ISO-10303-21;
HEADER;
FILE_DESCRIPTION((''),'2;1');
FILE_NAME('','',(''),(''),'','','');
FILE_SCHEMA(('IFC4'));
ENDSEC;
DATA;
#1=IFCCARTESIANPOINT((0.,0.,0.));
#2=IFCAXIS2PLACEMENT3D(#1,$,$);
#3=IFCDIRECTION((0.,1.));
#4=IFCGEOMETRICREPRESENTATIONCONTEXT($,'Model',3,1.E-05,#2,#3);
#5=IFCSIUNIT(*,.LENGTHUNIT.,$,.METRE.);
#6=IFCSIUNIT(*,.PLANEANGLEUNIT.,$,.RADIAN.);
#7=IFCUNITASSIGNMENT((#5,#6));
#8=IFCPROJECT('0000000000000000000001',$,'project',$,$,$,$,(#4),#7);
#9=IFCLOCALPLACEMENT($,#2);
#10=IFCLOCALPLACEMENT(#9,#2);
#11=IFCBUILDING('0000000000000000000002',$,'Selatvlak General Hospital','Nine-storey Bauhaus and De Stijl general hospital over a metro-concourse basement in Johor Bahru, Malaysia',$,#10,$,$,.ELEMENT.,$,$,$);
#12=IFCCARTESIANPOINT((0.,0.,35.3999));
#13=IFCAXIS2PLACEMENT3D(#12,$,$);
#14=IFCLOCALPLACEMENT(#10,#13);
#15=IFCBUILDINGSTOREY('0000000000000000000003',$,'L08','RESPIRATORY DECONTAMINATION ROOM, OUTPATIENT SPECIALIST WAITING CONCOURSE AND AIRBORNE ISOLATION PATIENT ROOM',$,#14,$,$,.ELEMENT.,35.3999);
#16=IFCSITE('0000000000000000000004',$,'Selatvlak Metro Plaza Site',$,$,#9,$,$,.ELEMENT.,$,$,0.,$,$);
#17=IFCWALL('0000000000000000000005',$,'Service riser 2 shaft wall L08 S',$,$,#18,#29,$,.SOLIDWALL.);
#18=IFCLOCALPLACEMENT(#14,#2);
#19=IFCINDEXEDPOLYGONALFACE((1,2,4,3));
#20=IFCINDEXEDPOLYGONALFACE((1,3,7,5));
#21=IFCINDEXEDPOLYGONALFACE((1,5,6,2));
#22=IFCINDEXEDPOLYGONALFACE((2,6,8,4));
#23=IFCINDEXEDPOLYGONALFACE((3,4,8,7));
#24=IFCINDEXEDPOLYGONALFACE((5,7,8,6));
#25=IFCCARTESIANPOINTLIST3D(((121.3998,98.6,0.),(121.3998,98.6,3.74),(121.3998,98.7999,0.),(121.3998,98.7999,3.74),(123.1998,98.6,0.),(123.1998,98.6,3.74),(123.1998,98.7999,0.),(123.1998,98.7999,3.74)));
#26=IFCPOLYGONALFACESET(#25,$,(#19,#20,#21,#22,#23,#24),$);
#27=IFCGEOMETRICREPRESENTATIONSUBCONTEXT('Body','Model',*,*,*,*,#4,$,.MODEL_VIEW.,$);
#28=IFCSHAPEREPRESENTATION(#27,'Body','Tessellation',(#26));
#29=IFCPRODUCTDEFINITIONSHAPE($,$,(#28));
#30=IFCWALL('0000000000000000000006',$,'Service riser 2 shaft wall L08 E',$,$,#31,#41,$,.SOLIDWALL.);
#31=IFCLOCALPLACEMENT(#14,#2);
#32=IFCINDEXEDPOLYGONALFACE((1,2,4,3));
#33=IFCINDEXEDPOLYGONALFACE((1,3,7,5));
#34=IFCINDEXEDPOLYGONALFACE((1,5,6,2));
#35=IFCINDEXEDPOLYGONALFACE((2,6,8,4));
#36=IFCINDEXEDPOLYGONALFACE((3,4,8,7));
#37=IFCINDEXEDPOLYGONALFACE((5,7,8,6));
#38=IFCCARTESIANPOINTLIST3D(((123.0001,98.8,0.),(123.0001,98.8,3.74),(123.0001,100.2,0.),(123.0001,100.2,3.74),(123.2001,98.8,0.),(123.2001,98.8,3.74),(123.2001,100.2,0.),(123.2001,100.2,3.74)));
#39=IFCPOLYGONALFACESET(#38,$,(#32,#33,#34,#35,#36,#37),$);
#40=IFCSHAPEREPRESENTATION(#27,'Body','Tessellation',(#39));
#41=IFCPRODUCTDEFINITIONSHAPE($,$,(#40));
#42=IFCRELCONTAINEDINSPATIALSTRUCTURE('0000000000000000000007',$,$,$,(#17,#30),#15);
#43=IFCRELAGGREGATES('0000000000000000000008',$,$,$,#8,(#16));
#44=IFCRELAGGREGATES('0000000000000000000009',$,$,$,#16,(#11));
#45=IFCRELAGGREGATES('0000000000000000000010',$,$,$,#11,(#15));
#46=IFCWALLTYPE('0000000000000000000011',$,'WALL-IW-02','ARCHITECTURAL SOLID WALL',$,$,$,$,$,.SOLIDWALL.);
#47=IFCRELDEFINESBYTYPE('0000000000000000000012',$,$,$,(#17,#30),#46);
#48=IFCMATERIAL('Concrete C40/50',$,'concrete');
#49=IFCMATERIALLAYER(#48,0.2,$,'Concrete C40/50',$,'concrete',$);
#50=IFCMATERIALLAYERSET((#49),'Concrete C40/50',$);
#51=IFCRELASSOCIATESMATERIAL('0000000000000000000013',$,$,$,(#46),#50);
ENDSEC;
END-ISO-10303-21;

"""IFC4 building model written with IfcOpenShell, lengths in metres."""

from ifc_helpers import new_model, si_unit, direction, frame, frame_2d, origin, place, context, subcontext, project, spatial, rectangle, extrude, material, layer, layer_set, type_object, element, save


model = new_model("IFC4")

# Units and contexts
model_context = context("Model", 3, precision=1e-05, world=origin(), true_north=direction((0.0, 1.0)))
body_context = subcontext(model_context, "Body", "Model", "MODEL_VIEW")
ifc_project = project(units=[si_unit("LENGTHUNIT", "METRE"), si_unit("PLANEANGLEUNIT", "RADIAN")], contexts=[model_context])

# Site, building, storey
site_placement = place(None, origin())
site = spatial("IfcSite", under=ifc_project, at=site_placement, Name="Selatvlak Metro Plaza Site", CompositionType="ELEMENT", RefElevation=0.0)
building_placement = place(site_placement, origin())
building = spatial("IfcBuilding", under=site, at=building_placement, Name="Selatvlak General Hospital", Description="Nine-storey Bauhaus and De Stijl general hospital over a metro-concourse basement in Johor Bahru, Malaysia", CompositionType="ELEMENT")
storey_placement = place(building_placement, frame((0.0, 0.0, 35.3999)))
storey = spatial("IfcBuildingStorey", under=building, at=storey_placement, Name="L08", Description="RESPIRATORY DECONTAMINATION ROOM, OUTPATIENT SPECIALIST WAITING CONCOURSE AND AIRBORNE ISOLATION PATIENT ROOM", CompositionType="ELEMENT", Elevation=35.3999)

# Shared definitions
ifc_material = material(Name="Concrete C40/50", Category="concrete")

# Walls
ifc_layer = layer(ifc_material, 0.2, Name="Concrete C40/50", Category="concrete")
ifc_layer_set = layer_set([ifc_layer], Name="Concrete C40/50")
wall_type = type_object("IfcWallType", Name="WALL-IW-02", Description="ARCHITECTURAL SOLID WALL", PredefinedType="SOLIDWALL", material=ifc_layer_set)
wall_1_placement = place(storey_placement, frame((121.3999, 98.7, 0.0), z_axis=(0.0, 0.0, 1.0), x_axis=(1.0, 0.0, 0.0)))
element("IfcWall", 1, at=wall_1_placement, inside=storey, type_object=wall_type, Name="Service riser 2 shaft wall L08 S", PredefinedType="SOLIDWALL", context=body_context, shape_type="SweptSolid", body=[
    extrude(rectangle(XDim=1.8, YDim=0.2, at=frame_2d((0.8999, 0.0))), origin(), (0.0, 0.0, 1.0), 3.74),
])
wall_2_placement = place(storey_placement, frame((123.1001, 98.8, 0.0), z_axis=(0.0, 0.0, 1.0), x_axis=(0.0, 1.0, 0.0)))
element("IfcWall", 2, at=wall_2_placement, inside=storey, type_object=wall_type, Name="Service riser 2 shaft wall L08 E", PredefinedType="SOLIDWALL", context=body_context, shape_type="SweptSolid", body=[
    extrude(rectangle(XDim=1.3999, YDim=0.2, at=frame_2d((0.7, 0.0))), origin(), (0.0, 0.0, 1.0), 3.74),
])

save(model, "model.ifc")
